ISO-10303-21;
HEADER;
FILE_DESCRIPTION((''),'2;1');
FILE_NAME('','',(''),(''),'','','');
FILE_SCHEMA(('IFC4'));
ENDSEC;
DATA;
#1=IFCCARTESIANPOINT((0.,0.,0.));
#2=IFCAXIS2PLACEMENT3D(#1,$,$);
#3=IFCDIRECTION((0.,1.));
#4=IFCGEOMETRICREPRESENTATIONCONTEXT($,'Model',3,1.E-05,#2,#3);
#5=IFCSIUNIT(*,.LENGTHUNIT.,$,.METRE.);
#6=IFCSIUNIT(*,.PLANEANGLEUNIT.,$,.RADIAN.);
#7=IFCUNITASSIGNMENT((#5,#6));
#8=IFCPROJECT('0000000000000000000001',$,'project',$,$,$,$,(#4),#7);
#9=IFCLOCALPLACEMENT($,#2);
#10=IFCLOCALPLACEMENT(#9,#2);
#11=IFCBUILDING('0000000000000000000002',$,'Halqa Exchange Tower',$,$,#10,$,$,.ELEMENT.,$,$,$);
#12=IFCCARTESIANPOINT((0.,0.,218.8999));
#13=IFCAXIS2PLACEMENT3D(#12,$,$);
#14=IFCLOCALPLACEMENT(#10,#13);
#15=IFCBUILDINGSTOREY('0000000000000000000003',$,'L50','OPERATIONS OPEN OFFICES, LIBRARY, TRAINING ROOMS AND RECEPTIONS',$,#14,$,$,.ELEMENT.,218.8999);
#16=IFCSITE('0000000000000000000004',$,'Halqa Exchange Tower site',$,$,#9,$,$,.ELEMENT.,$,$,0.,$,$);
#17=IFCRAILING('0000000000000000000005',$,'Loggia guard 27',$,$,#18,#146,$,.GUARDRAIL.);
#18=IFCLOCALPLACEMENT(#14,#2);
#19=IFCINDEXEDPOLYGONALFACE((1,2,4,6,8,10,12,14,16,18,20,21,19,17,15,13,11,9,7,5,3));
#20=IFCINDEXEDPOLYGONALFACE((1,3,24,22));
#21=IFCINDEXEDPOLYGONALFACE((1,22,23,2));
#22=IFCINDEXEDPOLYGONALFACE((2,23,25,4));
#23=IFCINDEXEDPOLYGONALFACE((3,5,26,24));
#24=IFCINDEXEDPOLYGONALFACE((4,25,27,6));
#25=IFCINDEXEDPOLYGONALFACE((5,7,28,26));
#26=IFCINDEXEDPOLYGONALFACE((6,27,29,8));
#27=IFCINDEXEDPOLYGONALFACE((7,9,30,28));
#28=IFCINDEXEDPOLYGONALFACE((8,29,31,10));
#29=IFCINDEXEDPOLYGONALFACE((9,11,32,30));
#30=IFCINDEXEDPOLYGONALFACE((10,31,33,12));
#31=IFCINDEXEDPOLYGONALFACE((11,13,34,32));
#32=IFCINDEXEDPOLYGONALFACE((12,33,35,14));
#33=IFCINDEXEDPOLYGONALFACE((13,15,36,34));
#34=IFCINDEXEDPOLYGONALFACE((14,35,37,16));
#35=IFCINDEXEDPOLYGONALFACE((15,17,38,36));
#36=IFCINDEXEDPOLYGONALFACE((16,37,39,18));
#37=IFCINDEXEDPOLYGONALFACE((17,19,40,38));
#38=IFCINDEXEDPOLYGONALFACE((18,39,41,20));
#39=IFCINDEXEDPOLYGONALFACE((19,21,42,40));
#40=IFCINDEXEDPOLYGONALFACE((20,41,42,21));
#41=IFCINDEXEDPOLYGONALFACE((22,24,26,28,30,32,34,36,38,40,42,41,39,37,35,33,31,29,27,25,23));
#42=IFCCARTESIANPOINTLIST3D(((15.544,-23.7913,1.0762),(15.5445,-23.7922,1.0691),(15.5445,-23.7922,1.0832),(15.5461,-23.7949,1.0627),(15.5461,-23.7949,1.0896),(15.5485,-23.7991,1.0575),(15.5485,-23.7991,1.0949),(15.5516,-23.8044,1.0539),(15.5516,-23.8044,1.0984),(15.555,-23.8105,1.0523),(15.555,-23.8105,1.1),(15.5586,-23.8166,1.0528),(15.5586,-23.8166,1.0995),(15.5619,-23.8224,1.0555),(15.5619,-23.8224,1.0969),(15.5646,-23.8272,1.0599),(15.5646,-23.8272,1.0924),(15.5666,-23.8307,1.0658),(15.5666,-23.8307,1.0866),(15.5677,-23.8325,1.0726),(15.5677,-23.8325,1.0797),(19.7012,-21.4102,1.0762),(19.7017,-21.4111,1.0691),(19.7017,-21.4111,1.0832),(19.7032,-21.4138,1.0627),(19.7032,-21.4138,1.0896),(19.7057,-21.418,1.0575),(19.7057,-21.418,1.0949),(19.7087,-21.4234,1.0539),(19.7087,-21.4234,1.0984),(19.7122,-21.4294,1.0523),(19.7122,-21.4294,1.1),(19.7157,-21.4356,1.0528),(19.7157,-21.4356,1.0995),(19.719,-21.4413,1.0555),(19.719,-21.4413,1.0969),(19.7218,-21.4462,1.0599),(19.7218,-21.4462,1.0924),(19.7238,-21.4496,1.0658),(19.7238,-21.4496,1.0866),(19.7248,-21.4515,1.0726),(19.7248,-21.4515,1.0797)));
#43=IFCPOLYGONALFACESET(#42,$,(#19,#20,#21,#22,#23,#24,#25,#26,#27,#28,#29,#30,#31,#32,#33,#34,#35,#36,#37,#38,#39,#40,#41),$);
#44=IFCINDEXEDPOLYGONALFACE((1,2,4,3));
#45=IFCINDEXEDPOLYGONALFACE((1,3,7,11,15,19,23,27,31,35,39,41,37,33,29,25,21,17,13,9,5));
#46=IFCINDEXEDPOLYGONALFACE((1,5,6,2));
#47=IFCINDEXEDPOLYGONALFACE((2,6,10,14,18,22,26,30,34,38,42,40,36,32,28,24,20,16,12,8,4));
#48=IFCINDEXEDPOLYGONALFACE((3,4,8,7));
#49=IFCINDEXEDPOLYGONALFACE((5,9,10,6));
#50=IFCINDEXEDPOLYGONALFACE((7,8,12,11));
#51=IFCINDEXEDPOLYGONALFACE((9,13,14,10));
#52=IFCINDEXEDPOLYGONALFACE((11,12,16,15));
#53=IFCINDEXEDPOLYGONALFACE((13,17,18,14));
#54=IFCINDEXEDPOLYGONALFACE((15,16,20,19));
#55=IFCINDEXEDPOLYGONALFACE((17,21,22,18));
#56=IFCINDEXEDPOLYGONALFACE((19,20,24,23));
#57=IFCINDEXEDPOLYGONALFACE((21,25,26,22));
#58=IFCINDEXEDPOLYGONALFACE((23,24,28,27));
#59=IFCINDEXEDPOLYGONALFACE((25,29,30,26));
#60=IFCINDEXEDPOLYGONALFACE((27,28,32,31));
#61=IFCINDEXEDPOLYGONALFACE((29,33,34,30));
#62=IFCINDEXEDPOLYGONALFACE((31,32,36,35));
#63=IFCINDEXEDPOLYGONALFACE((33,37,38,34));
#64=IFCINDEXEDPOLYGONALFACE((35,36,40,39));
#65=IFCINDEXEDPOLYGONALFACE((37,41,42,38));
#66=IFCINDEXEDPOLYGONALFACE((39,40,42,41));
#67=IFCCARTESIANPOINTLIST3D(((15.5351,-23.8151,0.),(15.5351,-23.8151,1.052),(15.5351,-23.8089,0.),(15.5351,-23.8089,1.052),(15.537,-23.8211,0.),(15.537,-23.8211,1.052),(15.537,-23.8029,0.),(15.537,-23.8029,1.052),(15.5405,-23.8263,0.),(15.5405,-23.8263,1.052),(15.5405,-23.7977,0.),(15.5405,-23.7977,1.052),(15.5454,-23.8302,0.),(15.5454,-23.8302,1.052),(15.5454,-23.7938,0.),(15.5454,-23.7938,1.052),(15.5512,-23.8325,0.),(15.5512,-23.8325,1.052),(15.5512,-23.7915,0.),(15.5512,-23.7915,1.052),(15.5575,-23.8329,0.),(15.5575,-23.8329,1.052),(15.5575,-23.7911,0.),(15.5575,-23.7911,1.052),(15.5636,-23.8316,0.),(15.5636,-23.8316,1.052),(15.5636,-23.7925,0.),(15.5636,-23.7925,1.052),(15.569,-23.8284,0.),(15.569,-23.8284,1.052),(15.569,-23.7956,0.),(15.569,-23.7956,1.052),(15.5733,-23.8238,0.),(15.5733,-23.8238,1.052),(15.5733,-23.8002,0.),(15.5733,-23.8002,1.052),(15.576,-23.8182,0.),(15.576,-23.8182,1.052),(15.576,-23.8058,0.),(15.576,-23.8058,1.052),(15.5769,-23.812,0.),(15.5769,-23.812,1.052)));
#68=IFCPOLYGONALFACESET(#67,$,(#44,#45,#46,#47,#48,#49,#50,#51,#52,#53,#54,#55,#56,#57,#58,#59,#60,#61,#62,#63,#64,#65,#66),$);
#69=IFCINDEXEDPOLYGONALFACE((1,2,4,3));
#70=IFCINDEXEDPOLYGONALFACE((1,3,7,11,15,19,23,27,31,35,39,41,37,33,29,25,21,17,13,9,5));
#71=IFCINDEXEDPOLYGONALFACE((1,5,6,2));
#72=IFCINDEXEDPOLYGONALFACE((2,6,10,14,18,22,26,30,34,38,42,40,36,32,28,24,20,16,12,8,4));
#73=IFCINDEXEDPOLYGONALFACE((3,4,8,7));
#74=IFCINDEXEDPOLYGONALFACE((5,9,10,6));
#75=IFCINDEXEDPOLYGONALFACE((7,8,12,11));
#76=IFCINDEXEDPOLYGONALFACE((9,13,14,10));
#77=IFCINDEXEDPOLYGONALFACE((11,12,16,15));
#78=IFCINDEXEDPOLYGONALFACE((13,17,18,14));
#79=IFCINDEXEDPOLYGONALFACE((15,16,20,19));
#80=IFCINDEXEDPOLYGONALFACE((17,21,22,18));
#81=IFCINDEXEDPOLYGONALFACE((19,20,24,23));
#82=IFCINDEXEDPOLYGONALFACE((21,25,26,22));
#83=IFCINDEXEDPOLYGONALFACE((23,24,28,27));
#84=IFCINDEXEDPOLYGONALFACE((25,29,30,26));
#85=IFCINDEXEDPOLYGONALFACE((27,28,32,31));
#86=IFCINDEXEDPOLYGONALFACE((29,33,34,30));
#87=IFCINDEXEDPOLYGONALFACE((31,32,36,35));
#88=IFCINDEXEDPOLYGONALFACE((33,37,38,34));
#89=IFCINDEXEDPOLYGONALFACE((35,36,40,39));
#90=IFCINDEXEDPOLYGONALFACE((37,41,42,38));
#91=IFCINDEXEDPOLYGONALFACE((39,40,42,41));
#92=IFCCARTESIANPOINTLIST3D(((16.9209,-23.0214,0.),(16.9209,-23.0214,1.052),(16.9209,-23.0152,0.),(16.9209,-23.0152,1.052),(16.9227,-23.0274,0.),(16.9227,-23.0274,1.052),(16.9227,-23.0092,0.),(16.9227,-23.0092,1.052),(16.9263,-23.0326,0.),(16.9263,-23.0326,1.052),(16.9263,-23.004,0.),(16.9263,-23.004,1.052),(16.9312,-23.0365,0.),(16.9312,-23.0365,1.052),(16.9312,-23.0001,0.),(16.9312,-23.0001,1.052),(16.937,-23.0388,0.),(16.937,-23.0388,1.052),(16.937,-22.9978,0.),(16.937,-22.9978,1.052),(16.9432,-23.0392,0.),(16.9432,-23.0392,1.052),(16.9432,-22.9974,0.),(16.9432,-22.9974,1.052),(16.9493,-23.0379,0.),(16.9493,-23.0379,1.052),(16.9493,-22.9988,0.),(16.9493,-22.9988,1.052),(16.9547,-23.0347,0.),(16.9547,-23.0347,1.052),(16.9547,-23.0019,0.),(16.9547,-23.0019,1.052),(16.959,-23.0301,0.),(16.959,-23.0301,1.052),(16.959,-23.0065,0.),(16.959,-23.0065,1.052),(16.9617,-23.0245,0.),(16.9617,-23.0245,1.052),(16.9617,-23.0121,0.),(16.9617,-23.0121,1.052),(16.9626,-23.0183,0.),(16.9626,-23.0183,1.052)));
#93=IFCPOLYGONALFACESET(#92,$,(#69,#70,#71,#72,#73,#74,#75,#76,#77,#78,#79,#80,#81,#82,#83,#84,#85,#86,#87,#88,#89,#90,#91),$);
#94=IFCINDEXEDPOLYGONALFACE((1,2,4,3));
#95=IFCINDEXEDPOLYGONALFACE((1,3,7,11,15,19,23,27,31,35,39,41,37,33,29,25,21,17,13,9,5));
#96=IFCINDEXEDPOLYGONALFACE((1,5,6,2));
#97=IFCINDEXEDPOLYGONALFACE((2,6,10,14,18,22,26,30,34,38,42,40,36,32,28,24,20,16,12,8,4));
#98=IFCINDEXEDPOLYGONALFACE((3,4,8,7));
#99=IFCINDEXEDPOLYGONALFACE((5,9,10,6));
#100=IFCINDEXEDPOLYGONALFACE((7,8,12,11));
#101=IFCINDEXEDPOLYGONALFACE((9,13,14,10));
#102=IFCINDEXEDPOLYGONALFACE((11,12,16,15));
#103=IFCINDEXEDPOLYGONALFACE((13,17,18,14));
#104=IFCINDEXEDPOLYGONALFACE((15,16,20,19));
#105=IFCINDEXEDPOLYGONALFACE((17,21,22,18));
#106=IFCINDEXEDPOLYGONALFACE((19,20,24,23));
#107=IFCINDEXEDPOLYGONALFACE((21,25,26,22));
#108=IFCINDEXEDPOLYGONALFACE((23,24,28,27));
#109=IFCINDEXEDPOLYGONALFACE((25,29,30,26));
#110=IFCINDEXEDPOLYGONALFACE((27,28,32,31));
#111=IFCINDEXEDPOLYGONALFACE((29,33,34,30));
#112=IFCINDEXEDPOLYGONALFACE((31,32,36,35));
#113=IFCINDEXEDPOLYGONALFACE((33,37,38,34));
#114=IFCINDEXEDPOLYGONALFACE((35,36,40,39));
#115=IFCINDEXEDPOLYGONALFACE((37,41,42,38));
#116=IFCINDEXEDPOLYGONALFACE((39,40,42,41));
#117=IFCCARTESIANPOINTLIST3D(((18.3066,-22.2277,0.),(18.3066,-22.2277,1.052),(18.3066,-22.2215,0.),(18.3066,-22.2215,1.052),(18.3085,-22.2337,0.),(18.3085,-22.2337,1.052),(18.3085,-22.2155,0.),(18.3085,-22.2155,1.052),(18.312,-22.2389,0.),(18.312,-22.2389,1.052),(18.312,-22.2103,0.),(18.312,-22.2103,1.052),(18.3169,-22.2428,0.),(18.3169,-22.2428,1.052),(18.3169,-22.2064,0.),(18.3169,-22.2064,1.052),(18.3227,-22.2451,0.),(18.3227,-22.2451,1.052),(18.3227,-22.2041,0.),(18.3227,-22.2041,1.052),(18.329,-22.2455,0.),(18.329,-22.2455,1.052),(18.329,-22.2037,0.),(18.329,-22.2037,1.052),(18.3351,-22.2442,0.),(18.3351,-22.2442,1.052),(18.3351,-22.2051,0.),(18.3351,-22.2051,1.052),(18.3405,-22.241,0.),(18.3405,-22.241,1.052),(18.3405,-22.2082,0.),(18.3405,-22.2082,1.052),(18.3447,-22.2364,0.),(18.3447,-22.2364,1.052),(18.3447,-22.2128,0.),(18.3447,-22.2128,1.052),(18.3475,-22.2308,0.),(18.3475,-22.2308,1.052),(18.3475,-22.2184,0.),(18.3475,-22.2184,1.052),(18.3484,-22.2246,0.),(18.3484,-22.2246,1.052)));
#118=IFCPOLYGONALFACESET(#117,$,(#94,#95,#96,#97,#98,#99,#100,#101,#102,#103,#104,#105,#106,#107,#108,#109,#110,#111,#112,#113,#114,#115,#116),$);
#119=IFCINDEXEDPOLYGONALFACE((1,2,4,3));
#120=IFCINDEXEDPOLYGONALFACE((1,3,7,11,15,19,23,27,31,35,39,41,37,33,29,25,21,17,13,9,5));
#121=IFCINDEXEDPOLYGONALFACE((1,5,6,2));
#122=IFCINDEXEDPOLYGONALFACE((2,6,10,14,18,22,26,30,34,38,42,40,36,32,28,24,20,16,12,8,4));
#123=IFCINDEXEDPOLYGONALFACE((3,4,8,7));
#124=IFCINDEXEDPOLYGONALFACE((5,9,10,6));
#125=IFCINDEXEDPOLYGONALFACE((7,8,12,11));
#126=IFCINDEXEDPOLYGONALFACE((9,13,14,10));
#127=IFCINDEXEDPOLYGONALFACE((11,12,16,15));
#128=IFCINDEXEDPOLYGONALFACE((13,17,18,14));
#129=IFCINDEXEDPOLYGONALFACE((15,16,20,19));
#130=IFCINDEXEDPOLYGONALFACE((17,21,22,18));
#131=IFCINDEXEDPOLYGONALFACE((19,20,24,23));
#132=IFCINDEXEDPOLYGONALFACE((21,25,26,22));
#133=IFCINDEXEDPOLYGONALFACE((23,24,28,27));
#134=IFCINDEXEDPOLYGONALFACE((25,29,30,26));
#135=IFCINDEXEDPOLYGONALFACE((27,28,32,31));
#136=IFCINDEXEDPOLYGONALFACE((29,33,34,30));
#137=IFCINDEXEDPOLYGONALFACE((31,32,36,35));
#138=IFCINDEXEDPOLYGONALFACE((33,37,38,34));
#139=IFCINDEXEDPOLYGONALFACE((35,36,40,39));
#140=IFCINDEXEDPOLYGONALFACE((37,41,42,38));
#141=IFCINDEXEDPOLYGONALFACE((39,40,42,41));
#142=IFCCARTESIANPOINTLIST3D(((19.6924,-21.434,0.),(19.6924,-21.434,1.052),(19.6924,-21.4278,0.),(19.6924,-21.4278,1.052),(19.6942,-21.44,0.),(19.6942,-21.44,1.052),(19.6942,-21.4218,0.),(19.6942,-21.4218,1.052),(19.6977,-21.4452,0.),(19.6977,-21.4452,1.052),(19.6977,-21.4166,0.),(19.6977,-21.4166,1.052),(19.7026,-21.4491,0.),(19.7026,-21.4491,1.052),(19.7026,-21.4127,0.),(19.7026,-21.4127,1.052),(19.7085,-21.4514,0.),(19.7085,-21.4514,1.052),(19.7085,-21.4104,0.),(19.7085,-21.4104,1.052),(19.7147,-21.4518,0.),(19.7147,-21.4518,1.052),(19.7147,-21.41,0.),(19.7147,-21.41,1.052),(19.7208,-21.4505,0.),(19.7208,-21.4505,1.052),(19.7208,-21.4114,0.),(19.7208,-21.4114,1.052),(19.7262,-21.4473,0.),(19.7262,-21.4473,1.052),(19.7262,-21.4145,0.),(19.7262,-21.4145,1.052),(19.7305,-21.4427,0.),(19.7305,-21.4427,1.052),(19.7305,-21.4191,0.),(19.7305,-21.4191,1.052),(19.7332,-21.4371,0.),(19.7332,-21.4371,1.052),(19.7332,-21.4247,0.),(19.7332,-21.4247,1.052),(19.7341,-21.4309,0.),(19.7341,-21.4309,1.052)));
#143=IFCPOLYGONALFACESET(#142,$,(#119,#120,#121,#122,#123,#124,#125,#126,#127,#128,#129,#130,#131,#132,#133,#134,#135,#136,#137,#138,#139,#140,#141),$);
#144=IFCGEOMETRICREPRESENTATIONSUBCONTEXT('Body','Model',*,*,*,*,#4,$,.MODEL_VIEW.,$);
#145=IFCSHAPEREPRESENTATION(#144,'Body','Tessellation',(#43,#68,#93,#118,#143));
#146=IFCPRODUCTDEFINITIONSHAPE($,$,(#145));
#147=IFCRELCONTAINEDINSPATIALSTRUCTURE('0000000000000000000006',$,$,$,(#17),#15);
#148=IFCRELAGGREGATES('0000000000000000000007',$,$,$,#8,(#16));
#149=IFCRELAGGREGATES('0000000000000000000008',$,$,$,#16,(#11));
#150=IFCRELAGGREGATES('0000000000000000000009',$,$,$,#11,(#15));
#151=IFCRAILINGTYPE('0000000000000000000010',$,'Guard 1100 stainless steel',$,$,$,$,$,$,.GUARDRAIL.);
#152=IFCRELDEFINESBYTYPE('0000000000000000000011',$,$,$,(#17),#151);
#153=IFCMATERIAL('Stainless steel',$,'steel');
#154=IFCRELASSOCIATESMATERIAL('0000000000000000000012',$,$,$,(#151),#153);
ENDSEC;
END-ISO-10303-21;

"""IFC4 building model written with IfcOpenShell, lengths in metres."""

from ifc_helpers import new_model, si_unit, direction, frame, origin, origin_2d, place, context, subcontext, project, spatial, circle, extrude, material, type_object, element, save


model = new_model("IFC4")

# Units and contexts
model_context = context("Model", 3, precision=1e-05, world=origin(), true_north=direction((0.0, 1.0)))
body_context = subcontext(model_context, "Body", "Model", "MODEL_VIEW")
ifc_project = project(units=[si_unit("LENGTHUNIT", "METRE"), si_unit("PLANEANGLEUNIT", "RADIAN")], contexts=[model_context])

# Site, building, storey
site_placement = place(None, origin())
site = spatial("IfcSite", under=ifc_project, at=site_placement, Name="Halqa Exchange Tower site", CompositionType="ELEMENT", RefElevation=0.0)
building_placement = place(site_placement, origin())
building = spatial("IfcBuilding", under=site, at=building_placement, Name="Halqa Exchange Tower", CompositionType="ELEMENT")
storey_placement = place(building_placement, frame((0.0, 0.0, 218.8999)))
storey = spatial("IfcBuildingStorey", under=building, at=storey_placement, Name="L50", Description="OPERATIONS OPEN OFFICES, LIBRARY, TRAINING ROOMS AND RECEPTIONS", CompositionType="ELEMENT", Elevation=218.8999)

# Railing
ifc_material_1 = material(Name="Stainless steel", Category="steel")
railing_type = type_object("IfcRailingType", Name="Guard 1100 stainless steel", PredefinedType="GUARDRAIL", material=ifc_material_1)
railing_1_placement = place(storey_placement, frame((15.5559, -23.812, 0.0)))
element("IfcRailing", 1, at=railing_1_placement, inside=storey, type_object=railing_type, Name="Loggia guard 27", PredefinedType="GUARDRAIL", context=body_context, shape_type="SweptSolid", body=[
    extrude(circle(Radius=0.0239, at=origin_2d()), frame((0.0, 0.0, 1.0762), z_axis=(0.867744, 0.497011, 0.0), x_axis=(-0.497011, 0.867744, 0.0)), (0.0, 0.0, 1.0), 4.7908),
    extrude(circle(Radius=0.021, at=origin_2d()), origin(), (0.0, 0.0, 1.0), 1.052),
    extrude(circle(Radius=0.021, at=origin_2d()), frame((1.3857, 0.7937, 0.0)), (0.0, 0.0, 1.0), 1.052),
    extrude(circle(Radius=0.021, at=origin_2d()), frame((2.7715, 1.5874, 0.0)), (0.0, 0.0, 1.0), 1.052),
    extrude(circle(Radius=0.021, at=origin_2d()), frame((4.1572, 2.3811, 0.0)), (0.0, 0.0, 1.0), 1.052),
])

save(model, "model.ifc")
